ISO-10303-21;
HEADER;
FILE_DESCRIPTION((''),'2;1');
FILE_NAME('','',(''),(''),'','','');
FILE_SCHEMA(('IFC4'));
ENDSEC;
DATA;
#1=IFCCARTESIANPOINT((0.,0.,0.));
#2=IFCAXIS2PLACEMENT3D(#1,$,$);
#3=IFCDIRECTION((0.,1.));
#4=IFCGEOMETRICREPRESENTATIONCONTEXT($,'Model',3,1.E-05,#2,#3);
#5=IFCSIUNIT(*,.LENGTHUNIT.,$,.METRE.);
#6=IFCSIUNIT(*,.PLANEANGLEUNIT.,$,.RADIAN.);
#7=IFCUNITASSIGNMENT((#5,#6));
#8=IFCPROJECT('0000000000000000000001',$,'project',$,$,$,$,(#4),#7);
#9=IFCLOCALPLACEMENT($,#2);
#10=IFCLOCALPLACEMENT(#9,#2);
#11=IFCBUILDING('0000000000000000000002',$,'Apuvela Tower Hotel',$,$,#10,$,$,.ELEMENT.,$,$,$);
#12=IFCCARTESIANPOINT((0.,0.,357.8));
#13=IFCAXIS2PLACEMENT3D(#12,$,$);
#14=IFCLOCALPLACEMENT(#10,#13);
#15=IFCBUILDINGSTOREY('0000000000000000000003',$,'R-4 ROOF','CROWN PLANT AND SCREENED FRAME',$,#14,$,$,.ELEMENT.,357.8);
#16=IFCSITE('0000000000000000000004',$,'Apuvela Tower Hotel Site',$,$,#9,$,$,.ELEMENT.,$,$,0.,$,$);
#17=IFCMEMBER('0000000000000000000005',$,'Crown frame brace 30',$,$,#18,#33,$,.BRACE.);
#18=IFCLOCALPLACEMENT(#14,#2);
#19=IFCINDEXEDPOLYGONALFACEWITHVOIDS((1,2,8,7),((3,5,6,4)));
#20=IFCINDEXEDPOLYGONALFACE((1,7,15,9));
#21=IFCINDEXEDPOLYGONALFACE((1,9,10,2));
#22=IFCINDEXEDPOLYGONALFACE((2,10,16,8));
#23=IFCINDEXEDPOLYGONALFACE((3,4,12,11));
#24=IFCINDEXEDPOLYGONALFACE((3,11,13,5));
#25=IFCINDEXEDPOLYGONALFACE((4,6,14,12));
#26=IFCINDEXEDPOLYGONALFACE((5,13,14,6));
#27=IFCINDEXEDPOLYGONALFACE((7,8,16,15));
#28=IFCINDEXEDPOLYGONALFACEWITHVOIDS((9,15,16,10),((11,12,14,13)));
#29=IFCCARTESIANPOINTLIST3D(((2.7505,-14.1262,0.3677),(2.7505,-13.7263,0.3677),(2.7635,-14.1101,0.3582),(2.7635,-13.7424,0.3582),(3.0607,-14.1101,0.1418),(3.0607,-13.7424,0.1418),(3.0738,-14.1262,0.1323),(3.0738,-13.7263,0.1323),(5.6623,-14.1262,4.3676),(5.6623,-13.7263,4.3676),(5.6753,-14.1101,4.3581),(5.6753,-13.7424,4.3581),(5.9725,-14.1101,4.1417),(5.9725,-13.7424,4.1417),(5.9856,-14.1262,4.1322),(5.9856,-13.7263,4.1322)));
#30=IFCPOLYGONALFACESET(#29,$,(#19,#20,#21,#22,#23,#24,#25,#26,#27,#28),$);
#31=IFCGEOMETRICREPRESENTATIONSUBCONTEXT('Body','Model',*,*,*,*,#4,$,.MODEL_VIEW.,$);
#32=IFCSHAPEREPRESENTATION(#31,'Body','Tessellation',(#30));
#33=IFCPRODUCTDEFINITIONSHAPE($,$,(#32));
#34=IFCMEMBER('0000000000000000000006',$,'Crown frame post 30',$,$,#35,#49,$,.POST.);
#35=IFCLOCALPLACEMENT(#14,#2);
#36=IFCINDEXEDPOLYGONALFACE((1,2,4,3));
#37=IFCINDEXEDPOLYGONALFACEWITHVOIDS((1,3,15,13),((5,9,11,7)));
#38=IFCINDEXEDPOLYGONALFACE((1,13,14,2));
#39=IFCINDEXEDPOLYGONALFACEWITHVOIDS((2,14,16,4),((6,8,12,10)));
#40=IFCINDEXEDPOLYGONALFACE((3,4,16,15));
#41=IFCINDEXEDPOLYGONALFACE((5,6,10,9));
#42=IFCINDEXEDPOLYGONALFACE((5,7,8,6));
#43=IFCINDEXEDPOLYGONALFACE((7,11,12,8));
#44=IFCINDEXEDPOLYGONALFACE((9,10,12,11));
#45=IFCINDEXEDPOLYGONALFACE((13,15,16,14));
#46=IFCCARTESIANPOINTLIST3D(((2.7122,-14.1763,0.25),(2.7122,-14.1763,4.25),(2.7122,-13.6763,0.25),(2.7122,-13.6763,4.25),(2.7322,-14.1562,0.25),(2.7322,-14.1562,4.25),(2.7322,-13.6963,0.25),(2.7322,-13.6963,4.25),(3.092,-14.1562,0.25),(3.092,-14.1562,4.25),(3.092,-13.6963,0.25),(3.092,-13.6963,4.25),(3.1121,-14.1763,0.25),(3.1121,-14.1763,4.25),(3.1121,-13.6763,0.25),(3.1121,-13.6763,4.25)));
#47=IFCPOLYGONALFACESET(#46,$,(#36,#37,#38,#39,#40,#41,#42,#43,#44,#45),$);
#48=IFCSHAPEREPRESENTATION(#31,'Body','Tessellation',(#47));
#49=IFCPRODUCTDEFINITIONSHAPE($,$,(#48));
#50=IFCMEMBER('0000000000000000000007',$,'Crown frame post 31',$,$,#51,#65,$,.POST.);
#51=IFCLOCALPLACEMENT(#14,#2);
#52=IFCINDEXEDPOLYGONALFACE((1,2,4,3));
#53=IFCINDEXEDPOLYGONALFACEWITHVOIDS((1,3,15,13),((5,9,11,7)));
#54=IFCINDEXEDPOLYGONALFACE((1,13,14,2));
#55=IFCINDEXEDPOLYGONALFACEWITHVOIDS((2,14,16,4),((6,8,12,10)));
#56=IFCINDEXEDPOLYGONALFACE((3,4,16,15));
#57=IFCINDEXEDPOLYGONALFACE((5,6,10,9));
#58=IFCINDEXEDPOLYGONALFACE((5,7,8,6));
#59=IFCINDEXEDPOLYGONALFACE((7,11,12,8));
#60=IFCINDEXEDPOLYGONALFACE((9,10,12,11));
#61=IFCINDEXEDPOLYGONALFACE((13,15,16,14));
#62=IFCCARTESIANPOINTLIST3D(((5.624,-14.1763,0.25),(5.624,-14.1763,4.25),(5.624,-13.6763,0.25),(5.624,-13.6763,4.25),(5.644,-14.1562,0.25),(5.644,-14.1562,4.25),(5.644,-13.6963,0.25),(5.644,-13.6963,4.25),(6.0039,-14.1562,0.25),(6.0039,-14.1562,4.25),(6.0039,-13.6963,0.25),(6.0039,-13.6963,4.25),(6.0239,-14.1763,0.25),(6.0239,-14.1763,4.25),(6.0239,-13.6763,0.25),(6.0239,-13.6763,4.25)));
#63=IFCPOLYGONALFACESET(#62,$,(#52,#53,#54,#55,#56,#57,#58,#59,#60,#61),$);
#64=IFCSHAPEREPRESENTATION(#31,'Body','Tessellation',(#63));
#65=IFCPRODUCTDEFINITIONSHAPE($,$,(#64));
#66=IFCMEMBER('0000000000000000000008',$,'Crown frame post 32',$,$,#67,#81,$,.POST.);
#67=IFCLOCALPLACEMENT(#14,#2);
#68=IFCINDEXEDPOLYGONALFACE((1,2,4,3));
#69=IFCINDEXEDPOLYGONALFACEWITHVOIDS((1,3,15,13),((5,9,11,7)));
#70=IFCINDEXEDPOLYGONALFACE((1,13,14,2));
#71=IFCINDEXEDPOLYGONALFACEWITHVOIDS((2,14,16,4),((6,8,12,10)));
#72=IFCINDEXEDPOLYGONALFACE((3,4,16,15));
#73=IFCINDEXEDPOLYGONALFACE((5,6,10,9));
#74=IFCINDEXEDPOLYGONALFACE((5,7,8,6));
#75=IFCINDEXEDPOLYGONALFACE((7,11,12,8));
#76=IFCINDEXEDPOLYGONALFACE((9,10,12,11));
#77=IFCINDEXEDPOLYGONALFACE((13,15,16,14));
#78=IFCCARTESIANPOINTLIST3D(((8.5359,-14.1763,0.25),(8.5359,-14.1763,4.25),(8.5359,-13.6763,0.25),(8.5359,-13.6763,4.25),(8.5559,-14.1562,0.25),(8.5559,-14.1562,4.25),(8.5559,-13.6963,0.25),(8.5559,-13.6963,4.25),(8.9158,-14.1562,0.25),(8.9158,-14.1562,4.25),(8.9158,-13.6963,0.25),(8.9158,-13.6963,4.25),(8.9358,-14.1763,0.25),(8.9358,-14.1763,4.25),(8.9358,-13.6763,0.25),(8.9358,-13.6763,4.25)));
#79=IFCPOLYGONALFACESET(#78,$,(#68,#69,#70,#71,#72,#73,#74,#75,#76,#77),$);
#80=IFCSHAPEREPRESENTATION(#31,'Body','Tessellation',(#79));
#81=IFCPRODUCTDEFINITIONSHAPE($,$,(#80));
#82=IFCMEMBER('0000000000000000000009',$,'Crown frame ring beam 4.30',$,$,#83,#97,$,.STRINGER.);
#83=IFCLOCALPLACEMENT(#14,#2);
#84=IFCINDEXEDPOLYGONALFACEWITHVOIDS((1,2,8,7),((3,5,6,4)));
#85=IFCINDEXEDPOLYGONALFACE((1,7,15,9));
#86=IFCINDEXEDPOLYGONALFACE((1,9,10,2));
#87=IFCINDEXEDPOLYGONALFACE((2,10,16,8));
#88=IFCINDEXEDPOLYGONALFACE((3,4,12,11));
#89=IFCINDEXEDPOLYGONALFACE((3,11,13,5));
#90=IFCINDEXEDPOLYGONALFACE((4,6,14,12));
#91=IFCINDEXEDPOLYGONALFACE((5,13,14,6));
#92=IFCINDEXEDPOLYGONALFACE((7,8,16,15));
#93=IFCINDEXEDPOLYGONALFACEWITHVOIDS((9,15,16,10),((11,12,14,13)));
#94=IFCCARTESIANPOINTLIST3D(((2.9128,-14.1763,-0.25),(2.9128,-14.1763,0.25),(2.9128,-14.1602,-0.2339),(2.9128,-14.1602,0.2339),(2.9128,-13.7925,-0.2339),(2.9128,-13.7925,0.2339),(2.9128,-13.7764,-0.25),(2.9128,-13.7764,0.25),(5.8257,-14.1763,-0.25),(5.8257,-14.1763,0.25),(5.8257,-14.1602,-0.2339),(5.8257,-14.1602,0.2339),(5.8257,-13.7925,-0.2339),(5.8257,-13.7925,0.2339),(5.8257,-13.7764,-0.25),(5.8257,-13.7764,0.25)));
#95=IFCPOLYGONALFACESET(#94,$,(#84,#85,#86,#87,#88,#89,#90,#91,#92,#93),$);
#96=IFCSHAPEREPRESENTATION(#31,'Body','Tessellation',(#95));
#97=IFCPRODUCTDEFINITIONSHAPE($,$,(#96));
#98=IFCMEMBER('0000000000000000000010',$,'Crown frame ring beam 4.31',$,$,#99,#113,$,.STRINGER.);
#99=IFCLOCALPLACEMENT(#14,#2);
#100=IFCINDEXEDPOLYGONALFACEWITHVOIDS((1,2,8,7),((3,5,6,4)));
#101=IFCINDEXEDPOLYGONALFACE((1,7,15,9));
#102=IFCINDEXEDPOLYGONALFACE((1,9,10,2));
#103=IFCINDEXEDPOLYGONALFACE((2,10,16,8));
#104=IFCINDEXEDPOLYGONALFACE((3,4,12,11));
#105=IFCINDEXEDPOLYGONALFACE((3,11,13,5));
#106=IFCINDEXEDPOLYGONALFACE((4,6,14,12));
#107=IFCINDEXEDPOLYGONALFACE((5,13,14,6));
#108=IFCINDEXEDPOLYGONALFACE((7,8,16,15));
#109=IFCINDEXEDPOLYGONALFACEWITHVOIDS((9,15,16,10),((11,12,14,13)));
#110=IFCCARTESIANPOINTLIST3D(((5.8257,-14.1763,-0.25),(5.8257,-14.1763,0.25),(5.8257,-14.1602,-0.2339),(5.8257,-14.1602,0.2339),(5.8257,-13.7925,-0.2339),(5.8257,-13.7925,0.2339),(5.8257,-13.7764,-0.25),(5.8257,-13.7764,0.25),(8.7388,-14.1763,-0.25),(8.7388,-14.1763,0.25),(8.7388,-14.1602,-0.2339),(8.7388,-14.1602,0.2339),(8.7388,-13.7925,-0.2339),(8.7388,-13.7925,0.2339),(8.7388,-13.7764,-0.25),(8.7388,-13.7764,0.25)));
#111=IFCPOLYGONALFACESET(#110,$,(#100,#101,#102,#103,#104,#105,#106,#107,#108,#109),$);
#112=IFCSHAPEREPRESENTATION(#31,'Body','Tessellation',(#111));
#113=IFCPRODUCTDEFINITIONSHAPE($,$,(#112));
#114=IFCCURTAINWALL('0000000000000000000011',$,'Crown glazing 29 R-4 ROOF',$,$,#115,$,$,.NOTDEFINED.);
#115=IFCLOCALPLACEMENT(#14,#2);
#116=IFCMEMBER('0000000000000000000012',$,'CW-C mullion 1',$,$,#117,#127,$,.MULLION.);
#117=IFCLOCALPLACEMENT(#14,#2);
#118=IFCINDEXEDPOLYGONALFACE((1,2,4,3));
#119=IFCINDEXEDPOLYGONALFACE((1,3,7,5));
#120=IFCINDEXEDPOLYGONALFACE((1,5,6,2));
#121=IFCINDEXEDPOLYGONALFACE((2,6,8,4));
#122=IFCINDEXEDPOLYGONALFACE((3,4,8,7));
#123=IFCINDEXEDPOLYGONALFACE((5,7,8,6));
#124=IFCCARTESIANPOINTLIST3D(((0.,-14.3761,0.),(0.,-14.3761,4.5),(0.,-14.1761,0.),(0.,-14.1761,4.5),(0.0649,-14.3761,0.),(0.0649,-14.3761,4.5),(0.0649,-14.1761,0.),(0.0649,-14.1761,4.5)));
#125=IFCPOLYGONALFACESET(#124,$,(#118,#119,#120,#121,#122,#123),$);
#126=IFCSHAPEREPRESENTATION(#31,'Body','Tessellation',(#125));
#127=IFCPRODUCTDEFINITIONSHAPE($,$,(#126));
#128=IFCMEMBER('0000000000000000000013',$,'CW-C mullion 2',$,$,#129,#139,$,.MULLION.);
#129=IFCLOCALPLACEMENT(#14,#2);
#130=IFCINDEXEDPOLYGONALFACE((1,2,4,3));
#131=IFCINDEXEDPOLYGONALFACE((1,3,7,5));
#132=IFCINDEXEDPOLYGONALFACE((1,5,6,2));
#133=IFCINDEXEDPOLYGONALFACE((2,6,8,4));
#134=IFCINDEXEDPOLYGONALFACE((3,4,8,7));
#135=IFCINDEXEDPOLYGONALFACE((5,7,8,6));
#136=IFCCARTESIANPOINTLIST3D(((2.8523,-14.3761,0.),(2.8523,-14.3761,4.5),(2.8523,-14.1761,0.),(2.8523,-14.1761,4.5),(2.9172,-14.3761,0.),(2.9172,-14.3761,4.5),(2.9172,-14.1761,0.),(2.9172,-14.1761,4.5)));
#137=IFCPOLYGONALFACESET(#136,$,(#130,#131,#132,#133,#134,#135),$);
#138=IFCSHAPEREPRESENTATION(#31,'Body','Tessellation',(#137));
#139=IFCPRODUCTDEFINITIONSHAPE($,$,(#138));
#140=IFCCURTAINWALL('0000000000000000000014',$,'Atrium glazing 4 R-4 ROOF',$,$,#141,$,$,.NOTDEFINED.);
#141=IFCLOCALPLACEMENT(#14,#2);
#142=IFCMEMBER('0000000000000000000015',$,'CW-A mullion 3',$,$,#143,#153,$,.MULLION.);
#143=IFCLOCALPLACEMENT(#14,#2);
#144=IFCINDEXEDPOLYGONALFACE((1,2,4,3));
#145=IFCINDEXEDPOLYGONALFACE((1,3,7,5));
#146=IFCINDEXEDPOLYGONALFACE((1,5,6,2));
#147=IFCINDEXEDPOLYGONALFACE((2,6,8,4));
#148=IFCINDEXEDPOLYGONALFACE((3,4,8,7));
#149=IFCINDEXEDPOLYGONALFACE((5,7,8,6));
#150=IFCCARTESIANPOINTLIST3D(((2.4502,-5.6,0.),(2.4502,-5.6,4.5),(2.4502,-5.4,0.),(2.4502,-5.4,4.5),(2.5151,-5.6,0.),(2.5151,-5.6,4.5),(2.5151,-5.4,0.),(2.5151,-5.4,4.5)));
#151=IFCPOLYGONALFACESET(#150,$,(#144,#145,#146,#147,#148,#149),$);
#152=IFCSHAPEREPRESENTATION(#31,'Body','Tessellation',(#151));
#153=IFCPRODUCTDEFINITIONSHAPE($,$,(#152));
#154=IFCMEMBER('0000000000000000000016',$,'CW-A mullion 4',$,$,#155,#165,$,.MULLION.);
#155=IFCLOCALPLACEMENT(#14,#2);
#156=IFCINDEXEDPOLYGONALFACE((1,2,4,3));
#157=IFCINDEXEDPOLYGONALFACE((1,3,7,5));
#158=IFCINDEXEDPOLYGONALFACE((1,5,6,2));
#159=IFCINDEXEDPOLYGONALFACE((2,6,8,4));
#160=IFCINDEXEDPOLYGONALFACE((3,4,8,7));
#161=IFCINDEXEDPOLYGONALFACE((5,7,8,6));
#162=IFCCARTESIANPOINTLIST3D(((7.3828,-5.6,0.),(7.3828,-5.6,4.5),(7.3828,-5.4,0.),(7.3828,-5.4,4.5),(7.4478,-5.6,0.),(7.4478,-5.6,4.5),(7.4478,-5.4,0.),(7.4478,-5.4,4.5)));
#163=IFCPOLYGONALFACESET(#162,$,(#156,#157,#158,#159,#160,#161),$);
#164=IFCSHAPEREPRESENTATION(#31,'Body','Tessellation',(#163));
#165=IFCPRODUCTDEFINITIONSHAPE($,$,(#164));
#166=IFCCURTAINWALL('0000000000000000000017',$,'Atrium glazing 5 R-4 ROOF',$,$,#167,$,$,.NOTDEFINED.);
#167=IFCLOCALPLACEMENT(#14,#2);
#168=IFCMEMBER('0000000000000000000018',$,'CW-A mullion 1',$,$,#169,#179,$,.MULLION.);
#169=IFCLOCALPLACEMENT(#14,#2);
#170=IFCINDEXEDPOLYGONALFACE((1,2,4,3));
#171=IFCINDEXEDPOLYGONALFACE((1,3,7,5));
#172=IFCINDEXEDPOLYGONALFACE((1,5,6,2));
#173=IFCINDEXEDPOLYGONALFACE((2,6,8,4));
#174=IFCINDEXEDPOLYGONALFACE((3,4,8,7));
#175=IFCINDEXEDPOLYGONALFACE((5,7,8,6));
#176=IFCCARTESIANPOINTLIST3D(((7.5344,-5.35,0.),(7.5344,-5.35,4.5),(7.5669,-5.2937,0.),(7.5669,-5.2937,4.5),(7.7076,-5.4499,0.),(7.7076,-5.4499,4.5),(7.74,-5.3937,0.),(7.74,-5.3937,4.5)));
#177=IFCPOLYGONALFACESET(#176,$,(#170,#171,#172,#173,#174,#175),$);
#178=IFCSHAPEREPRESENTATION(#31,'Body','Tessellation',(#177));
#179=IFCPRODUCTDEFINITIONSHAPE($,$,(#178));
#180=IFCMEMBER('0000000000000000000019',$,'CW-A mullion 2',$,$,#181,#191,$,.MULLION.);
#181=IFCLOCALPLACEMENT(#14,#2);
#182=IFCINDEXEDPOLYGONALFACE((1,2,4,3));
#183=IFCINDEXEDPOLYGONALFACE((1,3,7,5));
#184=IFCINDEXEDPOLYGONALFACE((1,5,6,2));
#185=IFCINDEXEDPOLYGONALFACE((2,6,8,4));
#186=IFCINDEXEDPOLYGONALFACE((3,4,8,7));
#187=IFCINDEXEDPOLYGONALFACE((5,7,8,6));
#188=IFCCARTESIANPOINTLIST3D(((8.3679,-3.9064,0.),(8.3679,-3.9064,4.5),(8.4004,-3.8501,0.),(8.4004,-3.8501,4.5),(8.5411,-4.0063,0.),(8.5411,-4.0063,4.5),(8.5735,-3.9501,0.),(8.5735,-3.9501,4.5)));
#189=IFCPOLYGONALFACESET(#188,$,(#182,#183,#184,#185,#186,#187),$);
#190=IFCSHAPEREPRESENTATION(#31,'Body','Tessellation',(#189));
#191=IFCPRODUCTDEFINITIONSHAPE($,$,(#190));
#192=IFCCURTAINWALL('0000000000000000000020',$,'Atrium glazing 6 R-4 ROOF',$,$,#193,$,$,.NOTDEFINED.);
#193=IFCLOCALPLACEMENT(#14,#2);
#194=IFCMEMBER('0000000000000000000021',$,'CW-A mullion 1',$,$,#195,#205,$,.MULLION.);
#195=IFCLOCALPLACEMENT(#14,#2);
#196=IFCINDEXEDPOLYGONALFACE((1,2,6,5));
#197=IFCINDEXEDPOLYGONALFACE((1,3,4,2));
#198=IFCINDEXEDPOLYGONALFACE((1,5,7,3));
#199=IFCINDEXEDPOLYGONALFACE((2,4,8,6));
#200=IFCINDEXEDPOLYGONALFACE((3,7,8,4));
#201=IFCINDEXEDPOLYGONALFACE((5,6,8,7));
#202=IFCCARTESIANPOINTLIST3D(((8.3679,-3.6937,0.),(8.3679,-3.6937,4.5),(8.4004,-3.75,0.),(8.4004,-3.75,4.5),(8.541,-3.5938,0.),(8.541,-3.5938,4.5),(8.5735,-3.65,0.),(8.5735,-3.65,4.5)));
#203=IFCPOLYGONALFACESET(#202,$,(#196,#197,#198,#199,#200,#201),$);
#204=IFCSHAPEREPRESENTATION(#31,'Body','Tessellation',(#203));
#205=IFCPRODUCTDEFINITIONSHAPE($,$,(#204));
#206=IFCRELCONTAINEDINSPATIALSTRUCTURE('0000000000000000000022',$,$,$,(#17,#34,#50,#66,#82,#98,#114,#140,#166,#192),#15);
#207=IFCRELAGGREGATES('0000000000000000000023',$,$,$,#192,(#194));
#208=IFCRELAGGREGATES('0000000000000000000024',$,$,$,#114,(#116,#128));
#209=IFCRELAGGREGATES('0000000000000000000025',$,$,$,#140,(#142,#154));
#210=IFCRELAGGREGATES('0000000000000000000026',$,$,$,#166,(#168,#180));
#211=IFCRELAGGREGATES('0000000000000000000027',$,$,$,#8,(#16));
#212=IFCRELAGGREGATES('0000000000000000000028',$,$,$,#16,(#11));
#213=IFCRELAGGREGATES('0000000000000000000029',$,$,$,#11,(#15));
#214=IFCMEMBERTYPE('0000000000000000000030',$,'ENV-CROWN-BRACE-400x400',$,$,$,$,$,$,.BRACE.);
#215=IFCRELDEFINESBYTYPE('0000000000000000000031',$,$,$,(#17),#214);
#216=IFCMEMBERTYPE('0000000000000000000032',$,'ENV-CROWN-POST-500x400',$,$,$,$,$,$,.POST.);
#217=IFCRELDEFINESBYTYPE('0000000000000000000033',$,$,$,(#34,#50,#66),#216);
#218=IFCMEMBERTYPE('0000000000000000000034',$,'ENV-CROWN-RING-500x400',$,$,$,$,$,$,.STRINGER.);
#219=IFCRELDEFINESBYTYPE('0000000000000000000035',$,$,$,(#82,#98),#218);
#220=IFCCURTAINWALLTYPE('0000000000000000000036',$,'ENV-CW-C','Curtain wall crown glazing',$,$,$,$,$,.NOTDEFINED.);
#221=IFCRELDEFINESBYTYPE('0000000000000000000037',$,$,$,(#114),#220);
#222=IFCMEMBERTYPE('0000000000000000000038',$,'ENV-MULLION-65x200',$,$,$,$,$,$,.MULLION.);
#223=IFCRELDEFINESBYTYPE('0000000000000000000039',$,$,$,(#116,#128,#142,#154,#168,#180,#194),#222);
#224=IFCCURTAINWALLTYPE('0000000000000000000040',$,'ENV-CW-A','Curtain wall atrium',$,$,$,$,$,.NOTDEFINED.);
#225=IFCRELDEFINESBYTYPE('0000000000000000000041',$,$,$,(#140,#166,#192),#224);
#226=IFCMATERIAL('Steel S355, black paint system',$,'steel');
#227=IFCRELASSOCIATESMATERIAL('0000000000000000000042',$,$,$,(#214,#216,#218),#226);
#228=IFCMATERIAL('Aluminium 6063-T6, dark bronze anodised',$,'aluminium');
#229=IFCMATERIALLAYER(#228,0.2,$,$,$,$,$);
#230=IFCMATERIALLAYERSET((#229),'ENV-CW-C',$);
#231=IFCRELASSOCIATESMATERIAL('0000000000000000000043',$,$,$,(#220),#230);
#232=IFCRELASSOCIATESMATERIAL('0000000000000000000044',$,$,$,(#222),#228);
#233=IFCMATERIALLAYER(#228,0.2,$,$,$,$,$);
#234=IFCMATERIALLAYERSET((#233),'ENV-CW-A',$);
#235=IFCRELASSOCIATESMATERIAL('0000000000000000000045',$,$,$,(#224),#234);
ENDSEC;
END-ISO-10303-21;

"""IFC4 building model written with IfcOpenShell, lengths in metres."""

from ifc_helpers import new_model, si_unit, direction, frame, origin, origin_2d, place, context, subcontext, project, spatial, rectangle, hollow_rectangle, extrude, material, layer, layer_set, material_profile, profile_set, type_object, element, aggregate, save


model = new_model("IFC4")

# Units and contexts
model_context = context("Model", 3, precision=1e-05, world=origin(), true_north=direction((0.0, 1.0)))
body_context = subcontext(model_context, "Body", "Model", "MODEL_VIEW")
ifc_project = project(units=[si_unit("LENGTHUNIT", "METRE"), si_unit("PLANEANGLEUNIT", "RADIAN")], contexts=[model_context])

# Site, building, storey
site_placement = place(None, origin())
site = spatial("IfcSite", under=ifc_project, at=site_placement, Name="Apuvela Tower Hotel Site", CompositionType="ELEMENT", RefElevation=0.0)
building_placement = place(site_placement, origin())
building = spatial("IfcBuilding", under=site, at=building_placement, Name="Apuvela Tower Hotel", CompositionType="ELEMENT")
storey_placement = place(building_placement, frame((0.0, 0.0, 357.8)))
storey = spatial("IfcBuildingStorey", under=building, at=storey_placement, Name="R-4 ROOF", Description="CROWN PLANT AND SCREENED FRAME", CompositionType="ELEMENT", Elevation=357.8)

# Members
ifc_material_1 = material(Name="Steel S355, black paint system", Category="steel")
ifc_material_profile_1 = material_profile(ifc_material_1, hollow_rectangle(XDim=0.3999, YDim=0.3999, WallThickness=0.0161, at=origin_2d()), Name="HSS 400x400x16")
ifc_profile_set_1 = profile_set([ifc_material_profile_1], Name="Steel S355, black paint system")
member_type_1 = type_object("IfcMemberType", Name="ENV-CROWN-BRACE-400x400", PredefinedType="BRACE", material=ifc_profile_set_1)
member_1_placement = place(storey_placement, frame((2.9121, -13.9263, 0.25), z_axis=(0.588538, 0.0, 0.808469), x_axis=(0.0, 1.0, 0.0)))
element("IfcMember", 1, at=member_1_placement, inside=storey, type_object=member_type_1, Name="Crown frame brace 30", PredefinedType="BRACE", context=body_context, shape_type="SweptSolid", body=[
    extrude(hollow_rectangle(XDim=0.3999, YDim=0.3999, WallThickness=0.0161, at=origin_2d()), origin(), (0.0, 0.0, 1.0), 4.9475),
])
ifc_material_profile_2 = material_profile(ifc_material_1, hollow_rectangle(XDim=0.3999, YDim=0.5, WallThickness=0.02, at=origin_2d()), Name="HSS 500x400x20")
ifc_profile_set_2 = profile_set([ifc_material_profile_2], Name="Steel S355, black paint system")
member_type_2 = type_object("IfcMemberType", Name="ENV-CROWN-POST-500x400", PredefinedType="POST", material=ifc_profile_set_2)
for number, where, z_axis, x_axis, name in (
    (2, (2.9121, -13.9263, 0.25), (0.0, 0.0, 1.0), (1.0, 0.0, 0.0), "Crown frame post 30"),
    (3, (5.824, -13.9263, 0.25), (0.0, 0.0, 1.0), (1.0, 0.0, 0.0), "Crown frame post 31"),
    (4, (8.7358, -13.9263, 0.25), (0.0, 0.0, 1.0), (1.0, 0.0, 0.0), "Crown frame post 32"),
):
    element("IfcMember", number, at=place(storey_placement, frame(where, z_axis=z_axis, x_axis=x_axis)), inside=storey, type_object=member_type_2, Name=name, PredefinedType="POST", context=body_context, shape_type="SweptSolid", body=[
        extrude(hollow_rectangle(XDim=0.3999, YDim=0.5, WallThickness=0.02, at=origin_2d()), origin(), (0.0, 0.0, 1.0), 4.0),
    ])
ifc_material_profile_3 = material_profile(ifc_material_1, hollow_rectangle(XDim=0.3999, YDim=0.5, WallThickness=0.0161, at=origin_2d()), Name="HSS 500x400x16")
ifc_profile_set_3 = profile_set([ifc_material_profile_3], Name="Steel S355, black paint system")
member_type_3 = type_object("IfcMemberType", Name="ENV-CROWN-RING-500x400", PredefinedType="STRINGER", material=ifc_profile_set_3)
member_2_placement = place(storey_placement, frame((2.9128, -13.9763, 0.0), z_axis=(1.0, 0.0, 0.0), x_axis=(0.0, 1.0, 0.0)))
element("IfcMember", 5, at=member_2_placement, inside=storey, type_object=member_type_3, Name="Crown frame ring beam 4.30", PredefinedType="STRINGER", context=body_context, shape_type="SweptSolid", body=[
    extrude(hollow_rectangle(XDim=0.3999, YDim=0.5, WallThickness=0.0161, at=origin_2d()), origin(), (0.0, 0.0, 1.0), 2.9128),
])
member_3_placement = place(storey_placement, frame((5.8257, -13.9763, 0.0), z_axis=(1.0, 0.0, 0.0), x_axis=(0.0, 1.0, 0.0)))
element("IfcMember", 6, at=member_3_placement, inside=storey, type_object=member_type_3, Name="Crown frame ring beam 4.31", PredefinedType="STRINGER", context=body_context, shape_type="SweptSolid", body=[
    extrude(hollow_rectangle(XDim=0.3999, YDim=0.5, WallThickness=0.0161, at=origin_2d()), origin(), (0.0, 0.0, 1.0), 2.9131),
])

# Curtain walls, members
ifc_material_2 = material(Name="Aluminium 6063-T6, dark bronze anodised", Category="aluminium")
ifc_layer_1 = layer(ifc_material_2, 0.2)
ifc_layer_set_1 = layer_set([ifc_layer_1], Name="ENV-CW-C")
curtain_wall_type_1 = type_object("IfcCurtainWallType", Name="ENV-CW-C", Description="Curtain wall crown glazing", PredefinedType="NOTDEFINED", material=ifc_layer_set_1)
curtain_wall_1_placement = place(storey_placement, origin())
curtain_wall_1 = element("IfcCurtainWall", 7, at=curtain_wall_1_placement, inside=storey, type_object=curtain_wall_type_1, Name="Crown glazing 29 R-4 ROOF", PredefinedType="NOTDEFINED")
ifc_material_profile_4 = material_profile(ifc_material_2, rectangle(XDim=0.2, YDim=0.0649, at=origin_2d()), Name="AL 65x200")
ifc_profile_set_4 = profile_set([ifc_material_profile_4], Name="Aluminium 6063-T6, dark bronze anodised")
member_type_4 = type_object("IfcMemberType", Name="ENV-MULLION-65x200", PredefinedType="MULLION", material=ifc_profile_set_4)
member_4_placement = place(storey_placement, frame((0.0325, -14.2761, 0.0), z_axis=(0.0, 0.0, 1.0), x_axis=(0.0, 1.0, 0.0)))
member_4 = element("IfcMember", 8, at=member_4_placement, type_object=member_type_4, Name="CW-C mullion 1", PredefinedType="MULLION", context=body_context, shape_type="SweptSolid", body=[
    extrude(rectangle(XDim=0.2, YDim=0.0649, at=origin_2d()), origin(), (0.0, 0.0, 1.0), 4.5),
])
member_5_placement = place(storey_placement, frame((2.8848, -14.2761, 0.0), z_axis=(0.0, 0.0, 1.0), x_axis=(0.0, 1.0, 0.0)))
member_5 = element("IfcMember", 9, at=member_5_placement, type_object=member_type_4, Name="CW-C mullion 2", PredefinedType="MULLION", context=body_context, shape_type="SweptSolid", body=[
    extrude(rectangle(XDim=0.2, YDim=0.0649, at=origin_2d()), origin(), (0.0, 0.0, 1.0), 4.5),
])
ifc_layer_2 = layer(ifc_material_2, 0.2)
ifc_layer_set_2 = layer_set([ifc_layer_2], Name="ENV-CW-A")
curtain_wall_type_2 = type_object("IfcCurtainWallType", Name="ENV-CW-A", Description="Curtain wall atrium", PredefinedType="NOTDEFINED", material=ifc_layer_set_2)
curtain_wall_2_placement = place(storey_placement, origin())
curtain_wall_2 = element("IfcCurtainWall", 10, at=curtain_wall_2_placement, inside=storey, type_object=curtain_wall_type_2, Name="Atrium glazing 4 R-4 ROOF", PredefinedType="NOTDEFINED")
member_6_placement = place(storey_placement, frame((2.4827, -5.5, 0.0), z_axis=(0.0, 0.0, 1.0), x_axis=(0.0, 1.0, 0.0)))
member_6 = element("IfcMember", 11, at=member_6_placement, type_object=member_type_4, Name="CW-A mullion 3", PredefinedType="MULLION", context=body_context, shape_type="SweptSolid", body=[
    extrude(rectangle(XDim=0.2, YDim=0.0649, at=origin_2d()), origin(), (0.0, 0.0, 1.0), 4.5),
])
member_7_placement = place(storey_placement, frame((7.4153, -5.5, 0.0), z_axis=(0.0, 0.0, 1.0), x_axis=(0.0, 1.0, 0.0)))
member_7 = element("IfcMember", 12, at=member_7_placement, type_object=member_type_4, Name="CW-A mullion 4", PredefinedType="MULLION", context=body_context, shape_type="SweptSolid", body=[
    extrude(rectangle(XDim=0.2, YDim=0.0649, at=origin_2d()), origin(), (0.0, 0.0, 1.0), 4.5),
])
curtain_wall_3_placement = place(storey_placement, origin())
curtain_wall_3 = element("IfcCurtainWall", 13, at=curtain_wall_3_placement, inside=storey, type_object=curtain_wall_type_2, Name="Atrium glazing 5 R-4 ROOF", PredefinedType="NOTDEFINED")
member_8_placement = place(storey_placement, frame((7.6372, -5.3718, 0.0), z_axis=(0.0, 0.0, 1.0), x_axis=(-0.866032, 0.499989, 0.0)))
member_8 = element("IfcMember", 14, at=member_8_placement, type_object=member_type_4, Name="CW-A mullion 1", PredefinedType="MULLION", context=body_context, shape_type="SweptSolid", body=[
    extrude(rectangle(XDim=0.2, YDim=0.0649, at=origin_2d()), origin(), (0.0, 0.0, 1.0), 4.5),
])
member_9_placement = place(storey_placement, frame((8.4707, -3.9282, 0.0), z_axis=(0.0, 0.0, 1.0), x_axis=(-0.866032, 0.499989, 0.0)))
member_9 = element("IfcMember", 15, at=member_9_placement, type_object=member_type_4, Name="CW-A mullion 2", PredefinedType="MULLION", context=body_context, shape_type="SweptSolid", body=[
    extrude(rectangle(XDim=0.2, YDim=0.0649, at=origin_2d()), origin(), (0.0, 0.0, 1.0), 4.5),
])

# Curtain wall, member
curtain_wall_4_placement = place(storey_placement, origin())
curtain_wall_4 = element("IfcCurtainWall", 16, at=curtain_wall_4_placement, inside=storey, type_object=curtain_wall_type_2, Name="Atrium glazing 6 R-4 ROOF", PredefinedType="NOTDEFINED")
member_10_placement = place(storey_placement, frame((8.4707, -3.6719, 0.0), z_axis=(0.0, 0.0, 1.0), x_axis=(-0.866026, -0.499999, 0.0)))
member_10 = element("IfcMember", 17, at=member_10_placement, type_object=member_type_4, Name="CW-A mullion 1", PredefinedType="MULLION", context=body_context, shape_type="SweptSolid", body=[
    extrude(rectangle(XDim=0.2, YDim=0.0649, at=origin_2d()), origin(), (0.0, 0.0, 1.0), 4.5),
])

aggregate(curtain_wall_4, [member_10])

aggregate(curtain_wall_1, [member_4, member_5])
aggregate(curtain_wall_2, [member_6, member_7])
aggregate(curtain_wall_3, [member_8, member_9])

save(model, "model.ifc")
